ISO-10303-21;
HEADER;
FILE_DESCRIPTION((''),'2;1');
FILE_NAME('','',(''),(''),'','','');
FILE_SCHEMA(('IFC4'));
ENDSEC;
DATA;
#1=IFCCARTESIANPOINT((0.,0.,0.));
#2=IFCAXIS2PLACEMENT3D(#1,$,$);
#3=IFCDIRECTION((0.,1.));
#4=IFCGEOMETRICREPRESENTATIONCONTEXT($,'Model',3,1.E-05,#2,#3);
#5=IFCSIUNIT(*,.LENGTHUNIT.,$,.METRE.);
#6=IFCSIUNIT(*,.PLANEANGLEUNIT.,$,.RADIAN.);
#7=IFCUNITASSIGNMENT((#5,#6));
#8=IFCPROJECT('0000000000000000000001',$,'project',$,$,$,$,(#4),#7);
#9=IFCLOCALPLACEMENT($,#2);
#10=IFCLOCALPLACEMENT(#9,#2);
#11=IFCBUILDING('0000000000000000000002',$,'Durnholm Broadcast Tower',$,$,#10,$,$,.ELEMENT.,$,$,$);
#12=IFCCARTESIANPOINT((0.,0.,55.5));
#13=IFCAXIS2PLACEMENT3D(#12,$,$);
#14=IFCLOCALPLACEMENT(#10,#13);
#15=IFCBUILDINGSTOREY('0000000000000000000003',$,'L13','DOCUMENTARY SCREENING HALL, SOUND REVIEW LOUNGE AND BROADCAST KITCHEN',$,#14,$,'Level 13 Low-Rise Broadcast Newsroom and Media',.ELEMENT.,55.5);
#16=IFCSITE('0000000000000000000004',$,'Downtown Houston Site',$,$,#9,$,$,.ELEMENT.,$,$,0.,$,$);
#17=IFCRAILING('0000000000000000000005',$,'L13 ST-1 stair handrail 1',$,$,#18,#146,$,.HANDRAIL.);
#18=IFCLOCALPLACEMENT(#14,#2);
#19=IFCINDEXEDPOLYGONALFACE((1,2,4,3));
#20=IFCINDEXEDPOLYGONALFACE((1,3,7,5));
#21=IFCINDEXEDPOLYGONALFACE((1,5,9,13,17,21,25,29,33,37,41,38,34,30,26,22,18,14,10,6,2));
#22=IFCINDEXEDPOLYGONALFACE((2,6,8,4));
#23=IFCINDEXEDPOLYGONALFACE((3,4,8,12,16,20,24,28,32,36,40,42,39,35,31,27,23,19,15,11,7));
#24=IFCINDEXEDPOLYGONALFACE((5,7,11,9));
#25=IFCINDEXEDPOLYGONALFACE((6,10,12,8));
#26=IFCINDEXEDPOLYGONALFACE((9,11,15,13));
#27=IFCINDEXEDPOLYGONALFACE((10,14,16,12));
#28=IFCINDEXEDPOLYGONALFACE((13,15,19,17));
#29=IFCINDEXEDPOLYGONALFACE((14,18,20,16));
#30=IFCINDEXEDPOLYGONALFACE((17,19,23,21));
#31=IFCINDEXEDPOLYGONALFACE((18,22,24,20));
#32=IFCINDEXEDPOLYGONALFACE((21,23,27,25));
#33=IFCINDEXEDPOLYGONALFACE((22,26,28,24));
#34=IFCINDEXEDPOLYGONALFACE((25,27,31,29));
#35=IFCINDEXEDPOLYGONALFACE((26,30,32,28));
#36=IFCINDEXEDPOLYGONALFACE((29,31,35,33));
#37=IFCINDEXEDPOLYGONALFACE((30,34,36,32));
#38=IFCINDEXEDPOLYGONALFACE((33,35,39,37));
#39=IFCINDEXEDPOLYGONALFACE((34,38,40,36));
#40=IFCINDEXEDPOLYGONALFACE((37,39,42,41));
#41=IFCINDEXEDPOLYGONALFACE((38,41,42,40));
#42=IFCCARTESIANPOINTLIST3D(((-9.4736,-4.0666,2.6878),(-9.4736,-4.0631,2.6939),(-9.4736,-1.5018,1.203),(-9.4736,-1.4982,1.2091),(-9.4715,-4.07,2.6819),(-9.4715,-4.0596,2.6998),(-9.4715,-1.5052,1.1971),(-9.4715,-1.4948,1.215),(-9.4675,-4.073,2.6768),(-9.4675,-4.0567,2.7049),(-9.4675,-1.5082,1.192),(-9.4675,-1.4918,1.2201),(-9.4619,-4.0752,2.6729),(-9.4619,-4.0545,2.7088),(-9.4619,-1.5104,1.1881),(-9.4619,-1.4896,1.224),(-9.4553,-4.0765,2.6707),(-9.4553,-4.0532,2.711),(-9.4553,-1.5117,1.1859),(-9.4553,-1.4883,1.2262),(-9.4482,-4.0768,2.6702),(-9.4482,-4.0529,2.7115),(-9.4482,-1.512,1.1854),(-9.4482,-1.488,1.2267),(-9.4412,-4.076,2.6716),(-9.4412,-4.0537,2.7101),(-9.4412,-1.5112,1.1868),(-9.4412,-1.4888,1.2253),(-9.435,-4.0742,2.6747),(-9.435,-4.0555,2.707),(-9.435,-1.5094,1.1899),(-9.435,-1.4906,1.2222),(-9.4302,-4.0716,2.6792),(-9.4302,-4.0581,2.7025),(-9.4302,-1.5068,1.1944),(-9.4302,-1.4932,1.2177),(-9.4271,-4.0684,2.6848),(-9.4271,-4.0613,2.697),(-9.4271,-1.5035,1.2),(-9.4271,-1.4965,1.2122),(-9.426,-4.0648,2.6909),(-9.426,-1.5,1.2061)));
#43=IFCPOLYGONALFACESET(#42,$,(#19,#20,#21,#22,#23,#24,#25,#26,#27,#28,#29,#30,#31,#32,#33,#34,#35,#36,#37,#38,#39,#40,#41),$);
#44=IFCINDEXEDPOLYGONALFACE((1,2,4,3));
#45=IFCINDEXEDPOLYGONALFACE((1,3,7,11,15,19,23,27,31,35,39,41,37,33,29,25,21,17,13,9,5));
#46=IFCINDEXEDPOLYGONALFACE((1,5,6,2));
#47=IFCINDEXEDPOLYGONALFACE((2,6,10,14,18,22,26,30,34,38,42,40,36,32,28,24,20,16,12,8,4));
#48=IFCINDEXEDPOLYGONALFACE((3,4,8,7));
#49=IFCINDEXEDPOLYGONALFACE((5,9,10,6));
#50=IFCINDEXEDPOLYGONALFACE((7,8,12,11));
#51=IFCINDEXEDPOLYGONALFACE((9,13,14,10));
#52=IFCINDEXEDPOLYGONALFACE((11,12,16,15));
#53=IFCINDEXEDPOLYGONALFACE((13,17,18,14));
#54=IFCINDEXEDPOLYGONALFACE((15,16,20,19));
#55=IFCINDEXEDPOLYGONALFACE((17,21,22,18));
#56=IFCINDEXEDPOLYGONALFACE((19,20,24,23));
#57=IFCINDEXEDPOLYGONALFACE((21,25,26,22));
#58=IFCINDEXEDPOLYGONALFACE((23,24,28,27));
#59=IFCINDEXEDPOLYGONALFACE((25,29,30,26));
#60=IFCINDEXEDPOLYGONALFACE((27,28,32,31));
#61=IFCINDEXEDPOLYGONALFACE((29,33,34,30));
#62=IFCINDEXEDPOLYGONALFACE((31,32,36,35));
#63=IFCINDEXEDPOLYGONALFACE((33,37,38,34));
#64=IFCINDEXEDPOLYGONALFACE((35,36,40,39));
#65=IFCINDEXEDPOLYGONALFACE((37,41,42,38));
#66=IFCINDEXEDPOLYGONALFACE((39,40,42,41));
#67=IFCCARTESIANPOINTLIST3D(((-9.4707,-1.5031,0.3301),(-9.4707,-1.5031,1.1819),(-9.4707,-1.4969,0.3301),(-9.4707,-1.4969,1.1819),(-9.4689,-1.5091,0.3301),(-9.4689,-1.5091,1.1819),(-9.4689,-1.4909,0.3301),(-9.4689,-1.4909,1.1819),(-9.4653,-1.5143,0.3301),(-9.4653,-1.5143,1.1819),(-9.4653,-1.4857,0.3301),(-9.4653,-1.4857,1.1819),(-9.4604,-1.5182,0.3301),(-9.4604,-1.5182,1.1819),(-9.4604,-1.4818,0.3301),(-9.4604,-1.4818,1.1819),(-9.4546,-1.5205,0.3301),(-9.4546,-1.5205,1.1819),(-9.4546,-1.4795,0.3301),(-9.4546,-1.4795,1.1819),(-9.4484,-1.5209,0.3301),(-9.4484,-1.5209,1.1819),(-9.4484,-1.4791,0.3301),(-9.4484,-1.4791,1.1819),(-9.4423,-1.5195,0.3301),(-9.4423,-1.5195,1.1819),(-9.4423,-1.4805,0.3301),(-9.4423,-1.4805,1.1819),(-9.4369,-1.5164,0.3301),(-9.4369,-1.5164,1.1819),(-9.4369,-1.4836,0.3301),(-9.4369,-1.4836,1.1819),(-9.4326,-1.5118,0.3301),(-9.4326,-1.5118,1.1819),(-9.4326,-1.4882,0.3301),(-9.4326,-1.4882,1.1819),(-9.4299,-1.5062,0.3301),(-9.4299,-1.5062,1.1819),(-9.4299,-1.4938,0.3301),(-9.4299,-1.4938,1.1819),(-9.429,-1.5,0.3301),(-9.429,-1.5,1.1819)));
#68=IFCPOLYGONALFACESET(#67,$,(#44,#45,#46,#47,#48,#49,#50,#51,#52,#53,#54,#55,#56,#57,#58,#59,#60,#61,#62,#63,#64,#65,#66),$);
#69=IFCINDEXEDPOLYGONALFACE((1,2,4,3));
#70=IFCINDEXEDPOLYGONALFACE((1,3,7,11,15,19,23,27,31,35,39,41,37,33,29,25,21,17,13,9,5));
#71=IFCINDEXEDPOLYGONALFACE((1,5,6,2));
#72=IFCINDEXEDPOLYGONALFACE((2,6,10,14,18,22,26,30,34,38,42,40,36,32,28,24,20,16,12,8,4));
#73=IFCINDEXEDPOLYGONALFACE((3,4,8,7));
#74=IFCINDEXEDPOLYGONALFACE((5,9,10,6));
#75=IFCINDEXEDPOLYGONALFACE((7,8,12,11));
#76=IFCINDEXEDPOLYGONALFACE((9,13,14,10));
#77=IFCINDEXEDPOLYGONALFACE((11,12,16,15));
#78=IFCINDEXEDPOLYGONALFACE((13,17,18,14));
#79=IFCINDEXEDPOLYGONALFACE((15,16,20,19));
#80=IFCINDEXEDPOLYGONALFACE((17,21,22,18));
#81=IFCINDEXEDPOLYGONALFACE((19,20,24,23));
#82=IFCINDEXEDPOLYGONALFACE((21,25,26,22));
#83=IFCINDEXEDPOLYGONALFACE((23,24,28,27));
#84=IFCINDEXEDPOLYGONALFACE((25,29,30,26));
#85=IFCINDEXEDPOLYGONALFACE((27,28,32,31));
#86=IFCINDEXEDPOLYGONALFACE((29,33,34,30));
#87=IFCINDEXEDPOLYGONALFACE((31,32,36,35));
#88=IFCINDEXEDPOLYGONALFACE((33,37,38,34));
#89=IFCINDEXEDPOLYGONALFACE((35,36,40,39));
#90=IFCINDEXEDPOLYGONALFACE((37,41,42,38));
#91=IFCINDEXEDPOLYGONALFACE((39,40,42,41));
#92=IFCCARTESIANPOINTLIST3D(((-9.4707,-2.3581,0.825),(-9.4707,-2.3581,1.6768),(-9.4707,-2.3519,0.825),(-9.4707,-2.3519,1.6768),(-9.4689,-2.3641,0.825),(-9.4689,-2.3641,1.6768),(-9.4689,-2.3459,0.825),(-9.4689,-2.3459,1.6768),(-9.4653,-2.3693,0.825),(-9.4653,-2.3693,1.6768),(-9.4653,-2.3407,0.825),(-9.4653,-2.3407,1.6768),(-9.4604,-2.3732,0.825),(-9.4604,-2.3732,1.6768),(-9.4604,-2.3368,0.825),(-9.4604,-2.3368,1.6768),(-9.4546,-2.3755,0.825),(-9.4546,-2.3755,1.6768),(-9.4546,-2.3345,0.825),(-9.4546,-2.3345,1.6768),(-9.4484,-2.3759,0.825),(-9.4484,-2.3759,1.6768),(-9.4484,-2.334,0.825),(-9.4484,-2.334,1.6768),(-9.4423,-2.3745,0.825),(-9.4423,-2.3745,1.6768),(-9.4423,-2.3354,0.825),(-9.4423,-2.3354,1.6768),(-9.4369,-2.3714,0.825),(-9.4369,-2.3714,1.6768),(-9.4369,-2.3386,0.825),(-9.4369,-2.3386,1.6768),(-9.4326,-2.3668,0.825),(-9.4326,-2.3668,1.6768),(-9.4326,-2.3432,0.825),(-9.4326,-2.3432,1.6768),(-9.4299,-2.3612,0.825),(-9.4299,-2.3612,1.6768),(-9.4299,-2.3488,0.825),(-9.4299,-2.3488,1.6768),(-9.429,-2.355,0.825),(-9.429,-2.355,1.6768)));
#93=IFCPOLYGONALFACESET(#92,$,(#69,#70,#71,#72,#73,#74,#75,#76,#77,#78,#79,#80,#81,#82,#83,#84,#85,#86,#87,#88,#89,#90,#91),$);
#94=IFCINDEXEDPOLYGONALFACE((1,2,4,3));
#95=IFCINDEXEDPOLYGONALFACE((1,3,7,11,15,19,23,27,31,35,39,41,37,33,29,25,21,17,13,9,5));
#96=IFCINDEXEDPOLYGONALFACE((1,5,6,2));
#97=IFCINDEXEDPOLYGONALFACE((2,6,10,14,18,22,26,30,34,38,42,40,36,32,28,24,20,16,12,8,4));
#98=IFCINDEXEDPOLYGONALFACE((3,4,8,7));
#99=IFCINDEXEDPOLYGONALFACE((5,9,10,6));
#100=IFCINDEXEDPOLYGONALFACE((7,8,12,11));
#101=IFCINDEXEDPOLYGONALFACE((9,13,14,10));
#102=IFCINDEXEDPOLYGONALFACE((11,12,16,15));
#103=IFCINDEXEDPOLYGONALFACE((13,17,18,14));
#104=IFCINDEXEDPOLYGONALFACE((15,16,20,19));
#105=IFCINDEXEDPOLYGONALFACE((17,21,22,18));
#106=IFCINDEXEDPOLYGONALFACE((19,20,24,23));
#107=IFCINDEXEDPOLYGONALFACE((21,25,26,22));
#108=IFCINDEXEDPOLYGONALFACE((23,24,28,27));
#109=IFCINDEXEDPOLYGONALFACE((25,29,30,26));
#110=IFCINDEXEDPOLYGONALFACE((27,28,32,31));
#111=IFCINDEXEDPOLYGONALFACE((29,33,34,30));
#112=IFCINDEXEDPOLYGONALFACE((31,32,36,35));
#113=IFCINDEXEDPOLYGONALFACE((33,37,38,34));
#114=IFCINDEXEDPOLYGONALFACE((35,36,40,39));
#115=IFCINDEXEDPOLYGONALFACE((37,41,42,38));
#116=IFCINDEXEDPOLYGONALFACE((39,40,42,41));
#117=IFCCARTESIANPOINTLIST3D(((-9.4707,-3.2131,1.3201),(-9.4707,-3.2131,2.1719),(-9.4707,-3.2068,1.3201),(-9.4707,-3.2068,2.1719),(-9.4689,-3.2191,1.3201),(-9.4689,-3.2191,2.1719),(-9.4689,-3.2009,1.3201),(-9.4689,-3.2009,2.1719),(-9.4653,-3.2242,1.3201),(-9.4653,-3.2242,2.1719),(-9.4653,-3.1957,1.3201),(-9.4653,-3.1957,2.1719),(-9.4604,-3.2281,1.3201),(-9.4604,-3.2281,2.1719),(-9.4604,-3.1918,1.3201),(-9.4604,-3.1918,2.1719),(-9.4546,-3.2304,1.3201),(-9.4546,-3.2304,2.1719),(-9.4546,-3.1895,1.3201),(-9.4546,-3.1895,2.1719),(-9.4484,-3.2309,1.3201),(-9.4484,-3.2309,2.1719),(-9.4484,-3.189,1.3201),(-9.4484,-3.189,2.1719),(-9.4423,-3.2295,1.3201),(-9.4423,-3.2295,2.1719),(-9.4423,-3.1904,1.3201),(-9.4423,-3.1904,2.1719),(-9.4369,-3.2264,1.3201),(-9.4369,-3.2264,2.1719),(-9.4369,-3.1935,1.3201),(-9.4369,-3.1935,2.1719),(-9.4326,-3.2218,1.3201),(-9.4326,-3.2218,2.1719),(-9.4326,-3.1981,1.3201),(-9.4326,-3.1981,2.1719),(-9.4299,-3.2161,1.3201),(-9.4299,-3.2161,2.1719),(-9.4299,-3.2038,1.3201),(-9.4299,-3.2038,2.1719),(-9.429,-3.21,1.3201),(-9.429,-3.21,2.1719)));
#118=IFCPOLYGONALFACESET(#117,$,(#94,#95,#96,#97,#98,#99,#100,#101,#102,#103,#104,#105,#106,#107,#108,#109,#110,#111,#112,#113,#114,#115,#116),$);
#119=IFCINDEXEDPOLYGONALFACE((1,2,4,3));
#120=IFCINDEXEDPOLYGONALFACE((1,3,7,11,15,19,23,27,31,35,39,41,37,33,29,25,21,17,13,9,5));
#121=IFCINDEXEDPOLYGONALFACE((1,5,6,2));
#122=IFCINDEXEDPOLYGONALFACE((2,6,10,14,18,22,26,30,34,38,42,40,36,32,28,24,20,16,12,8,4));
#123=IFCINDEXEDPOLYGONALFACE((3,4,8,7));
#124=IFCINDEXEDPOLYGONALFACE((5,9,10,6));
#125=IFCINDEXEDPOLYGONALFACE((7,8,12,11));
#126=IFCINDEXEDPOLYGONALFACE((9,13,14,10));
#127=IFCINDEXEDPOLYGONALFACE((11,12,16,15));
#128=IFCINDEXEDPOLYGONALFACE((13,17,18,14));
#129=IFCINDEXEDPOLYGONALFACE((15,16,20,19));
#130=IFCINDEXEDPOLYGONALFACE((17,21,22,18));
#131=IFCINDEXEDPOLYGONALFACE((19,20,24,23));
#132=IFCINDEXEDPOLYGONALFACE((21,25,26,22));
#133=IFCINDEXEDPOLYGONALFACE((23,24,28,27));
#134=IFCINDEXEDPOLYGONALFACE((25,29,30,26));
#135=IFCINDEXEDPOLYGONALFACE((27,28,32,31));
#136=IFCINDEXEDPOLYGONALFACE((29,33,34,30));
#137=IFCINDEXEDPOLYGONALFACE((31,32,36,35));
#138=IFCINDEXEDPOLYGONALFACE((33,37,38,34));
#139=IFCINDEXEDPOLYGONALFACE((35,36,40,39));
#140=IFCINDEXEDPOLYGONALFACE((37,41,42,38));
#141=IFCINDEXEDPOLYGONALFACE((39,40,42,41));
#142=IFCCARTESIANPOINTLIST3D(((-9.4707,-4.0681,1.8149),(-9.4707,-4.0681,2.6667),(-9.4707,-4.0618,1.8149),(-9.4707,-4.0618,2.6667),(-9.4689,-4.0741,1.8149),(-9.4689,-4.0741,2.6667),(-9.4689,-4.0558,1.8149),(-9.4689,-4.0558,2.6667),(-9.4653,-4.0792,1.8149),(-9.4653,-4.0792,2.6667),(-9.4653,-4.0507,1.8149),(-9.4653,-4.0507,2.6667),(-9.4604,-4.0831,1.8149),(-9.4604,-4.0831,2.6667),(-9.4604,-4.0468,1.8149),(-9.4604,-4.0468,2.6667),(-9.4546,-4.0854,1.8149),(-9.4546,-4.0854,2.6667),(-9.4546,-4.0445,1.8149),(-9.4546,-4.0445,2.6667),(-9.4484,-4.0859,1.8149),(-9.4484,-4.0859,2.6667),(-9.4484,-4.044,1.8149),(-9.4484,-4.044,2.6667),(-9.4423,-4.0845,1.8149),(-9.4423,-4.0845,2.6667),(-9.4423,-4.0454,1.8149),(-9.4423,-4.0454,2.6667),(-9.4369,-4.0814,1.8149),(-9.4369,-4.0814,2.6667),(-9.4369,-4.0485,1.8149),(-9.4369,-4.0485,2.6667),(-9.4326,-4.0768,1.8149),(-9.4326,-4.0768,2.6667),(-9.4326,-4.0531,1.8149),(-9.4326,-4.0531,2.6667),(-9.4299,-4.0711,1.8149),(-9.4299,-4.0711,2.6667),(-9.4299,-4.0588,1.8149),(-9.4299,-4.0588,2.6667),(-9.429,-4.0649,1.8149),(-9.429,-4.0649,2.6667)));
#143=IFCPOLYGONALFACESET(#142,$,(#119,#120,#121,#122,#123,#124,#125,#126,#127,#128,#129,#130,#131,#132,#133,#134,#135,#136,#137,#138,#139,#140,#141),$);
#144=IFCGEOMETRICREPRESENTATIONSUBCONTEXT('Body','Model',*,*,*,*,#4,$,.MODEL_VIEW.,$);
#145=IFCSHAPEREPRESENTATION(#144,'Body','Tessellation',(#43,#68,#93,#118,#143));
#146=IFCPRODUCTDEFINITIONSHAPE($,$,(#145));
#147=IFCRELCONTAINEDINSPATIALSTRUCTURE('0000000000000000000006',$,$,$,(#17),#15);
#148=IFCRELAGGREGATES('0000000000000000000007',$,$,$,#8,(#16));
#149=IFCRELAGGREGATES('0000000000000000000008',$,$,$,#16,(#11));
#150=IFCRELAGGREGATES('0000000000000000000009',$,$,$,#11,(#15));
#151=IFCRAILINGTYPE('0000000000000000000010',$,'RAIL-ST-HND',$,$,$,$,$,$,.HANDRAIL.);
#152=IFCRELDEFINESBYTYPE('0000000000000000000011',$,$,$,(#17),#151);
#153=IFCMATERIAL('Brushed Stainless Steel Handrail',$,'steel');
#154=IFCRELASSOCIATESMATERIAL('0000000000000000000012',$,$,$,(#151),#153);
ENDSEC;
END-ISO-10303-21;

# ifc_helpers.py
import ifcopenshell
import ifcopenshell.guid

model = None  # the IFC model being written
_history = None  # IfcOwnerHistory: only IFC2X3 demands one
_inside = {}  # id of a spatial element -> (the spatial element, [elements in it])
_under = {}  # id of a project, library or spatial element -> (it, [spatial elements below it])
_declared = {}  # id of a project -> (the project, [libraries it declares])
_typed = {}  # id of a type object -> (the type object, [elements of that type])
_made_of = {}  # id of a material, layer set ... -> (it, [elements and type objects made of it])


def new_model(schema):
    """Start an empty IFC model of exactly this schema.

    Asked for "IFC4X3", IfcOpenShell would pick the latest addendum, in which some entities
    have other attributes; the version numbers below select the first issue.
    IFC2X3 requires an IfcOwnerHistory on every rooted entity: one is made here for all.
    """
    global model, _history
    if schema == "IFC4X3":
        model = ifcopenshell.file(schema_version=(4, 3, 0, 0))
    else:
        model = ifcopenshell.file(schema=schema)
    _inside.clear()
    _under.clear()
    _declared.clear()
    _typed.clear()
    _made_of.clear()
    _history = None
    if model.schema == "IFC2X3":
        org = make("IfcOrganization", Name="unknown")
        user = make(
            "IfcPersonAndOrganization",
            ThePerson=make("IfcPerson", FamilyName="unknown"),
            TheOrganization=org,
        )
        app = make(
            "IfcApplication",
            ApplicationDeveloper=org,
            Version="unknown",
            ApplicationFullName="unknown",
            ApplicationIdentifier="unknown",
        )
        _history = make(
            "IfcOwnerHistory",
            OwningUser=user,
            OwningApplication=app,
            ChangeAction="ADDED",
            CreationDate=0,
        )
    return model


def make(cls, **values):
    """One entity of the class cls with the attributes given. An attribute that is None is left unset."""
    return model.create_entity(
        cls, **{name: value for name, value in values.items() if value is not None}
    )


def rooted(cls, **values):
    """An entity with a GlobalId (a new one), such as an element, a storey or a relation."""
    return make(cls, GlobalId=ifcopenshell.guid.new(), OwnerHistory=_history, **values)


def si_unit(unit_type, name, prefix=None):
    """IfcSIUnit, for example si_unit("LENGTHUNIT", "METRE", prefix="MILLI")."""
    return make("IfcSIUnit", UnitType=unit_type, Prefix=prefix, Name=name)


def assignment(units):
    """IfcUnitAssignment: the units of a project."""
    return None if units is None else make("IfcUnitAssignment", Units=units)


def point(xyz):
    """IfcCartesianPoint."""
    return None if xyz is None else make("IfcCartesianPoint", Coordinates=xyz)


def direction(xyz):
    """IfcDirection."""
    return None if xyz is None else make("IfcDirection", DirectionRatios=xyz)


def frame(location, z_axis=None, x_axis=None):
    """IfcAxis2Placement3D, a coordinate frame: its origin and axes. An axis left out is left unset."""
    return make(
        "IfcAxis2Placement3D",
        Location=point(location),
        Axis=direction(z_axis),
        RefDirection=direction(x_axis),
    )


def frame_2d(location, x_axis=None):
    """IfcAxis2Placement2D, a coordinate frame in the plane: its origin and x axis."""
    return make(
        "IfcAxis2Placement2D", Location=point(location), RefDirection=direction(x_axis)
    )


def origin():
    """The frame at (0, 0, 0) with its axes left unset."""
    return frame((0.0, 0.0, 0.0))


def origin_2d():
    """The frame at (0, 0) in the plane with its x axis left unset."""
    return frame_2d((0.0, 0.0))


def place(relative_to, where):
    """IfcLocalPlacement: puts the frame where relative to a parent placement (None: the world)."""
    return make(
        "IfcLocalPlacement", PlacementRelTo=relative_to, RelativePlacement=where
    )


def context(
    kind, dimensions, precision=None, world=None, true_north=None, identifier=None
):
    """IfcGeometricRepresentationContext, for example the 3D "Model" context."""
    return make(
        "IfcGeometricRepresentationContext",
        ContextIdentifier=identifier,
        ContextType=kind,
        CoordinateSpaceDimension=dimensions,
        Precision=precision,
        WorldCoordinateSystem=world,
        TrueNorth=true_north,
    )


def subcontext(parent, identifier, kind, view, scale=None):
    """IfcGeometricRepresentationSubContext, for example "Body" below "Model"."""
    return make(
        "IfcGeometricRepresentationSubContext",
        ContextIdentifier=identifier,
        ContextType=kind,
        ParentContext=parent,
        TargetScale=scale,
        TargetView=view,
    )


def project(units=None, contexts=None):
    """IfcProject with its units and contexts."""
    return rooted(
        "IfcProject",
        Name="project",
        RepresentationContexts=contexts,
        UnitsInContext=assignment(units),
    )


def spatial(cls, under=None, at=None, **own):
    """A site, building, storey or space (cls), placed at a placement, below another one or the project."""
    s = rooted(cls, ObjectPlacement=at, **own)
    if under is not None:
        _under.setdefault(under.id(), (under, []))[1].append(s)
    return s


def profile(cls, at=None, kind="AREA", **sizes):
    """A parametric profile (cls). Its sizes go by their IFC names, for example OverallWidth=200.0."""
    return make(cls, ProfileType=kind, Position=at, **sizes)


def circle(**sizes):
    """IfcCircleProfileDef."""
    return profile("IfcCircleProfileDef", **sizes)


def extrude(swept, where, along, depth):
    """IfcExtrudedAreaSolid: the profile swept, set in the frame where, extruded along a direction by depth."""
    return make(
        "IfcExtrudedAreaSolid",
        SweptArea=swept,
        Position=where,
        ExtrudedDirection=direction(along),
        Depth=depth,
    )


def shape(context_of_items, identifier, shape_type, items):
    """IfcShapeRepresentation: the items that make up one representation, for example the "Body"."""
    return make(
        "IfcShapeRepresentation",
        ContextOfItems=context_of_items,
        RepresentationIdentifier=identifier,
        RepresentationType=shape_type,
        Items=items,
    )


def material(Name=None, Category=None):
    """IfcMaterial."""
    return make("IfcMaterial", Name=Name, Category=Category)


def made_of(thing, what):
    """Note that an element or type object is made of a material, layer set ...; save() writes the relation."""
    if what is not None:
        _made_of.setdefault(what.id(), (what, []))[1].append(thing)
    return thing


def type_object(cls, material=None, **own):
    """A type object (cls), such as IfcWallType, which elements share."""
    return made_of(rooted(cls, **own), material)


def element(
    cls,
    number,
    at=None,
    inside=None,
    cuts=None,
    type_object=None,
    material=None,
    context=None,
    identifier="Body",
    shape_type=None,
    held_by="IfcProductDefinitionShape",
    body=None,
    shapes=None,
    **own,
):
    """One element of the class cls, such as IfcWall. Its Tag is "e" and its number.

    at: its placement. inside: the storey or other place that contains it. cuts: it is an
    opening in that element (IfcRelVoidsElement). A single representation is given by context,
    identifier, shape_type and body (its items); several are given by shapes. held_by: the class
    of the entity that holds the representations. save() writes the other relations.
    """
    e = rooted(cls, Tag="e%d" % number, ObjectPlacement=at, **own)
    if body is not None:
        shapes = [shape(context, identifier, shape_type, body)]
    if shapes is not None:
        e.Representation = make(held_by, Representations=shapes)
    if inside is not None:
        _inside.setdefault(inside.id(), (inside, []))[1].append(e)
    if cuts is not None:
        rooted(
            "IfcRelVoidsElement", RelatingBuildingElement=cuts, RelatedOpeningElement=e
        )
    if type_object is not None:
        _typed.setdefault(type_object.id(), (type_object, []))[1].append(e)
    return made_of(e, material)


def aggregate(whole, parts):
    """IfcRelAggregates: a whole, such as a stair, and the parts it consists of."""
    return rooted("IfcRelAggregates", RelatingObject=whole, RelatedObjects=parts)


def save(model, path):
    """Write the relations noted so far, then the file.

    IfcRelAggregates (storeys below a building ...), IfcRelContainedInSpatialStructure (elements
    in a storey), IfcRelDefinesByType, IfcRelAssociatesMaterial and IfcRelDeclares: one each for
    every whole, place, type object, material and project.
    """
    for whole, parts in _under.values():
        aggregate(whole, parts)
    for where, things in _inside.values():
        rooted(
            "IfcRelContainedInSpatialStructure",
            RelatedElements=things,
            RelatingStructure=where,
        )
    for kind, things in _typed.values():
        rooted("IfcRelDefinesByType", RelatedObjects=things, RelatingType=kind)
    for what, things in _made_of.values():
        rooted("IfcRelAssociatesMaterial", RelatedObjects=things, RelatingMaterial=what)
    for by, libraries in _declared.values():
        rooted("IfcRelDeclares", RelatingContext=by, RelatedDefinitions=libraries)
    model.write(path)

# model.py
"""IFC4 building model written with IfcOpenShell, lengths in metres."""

from ifc_helpers import new_model, si_unit, direction, frame, origin, origin_2d, place, context, subcontext, project, spatial, circle, extrude, material, type_object, element, save


model = new_model("IFC4")

# Units and contexts
model_context = context("Model", 3, precision=1e-05, world=origin(), true_north=direction((0.0, 1.0)))
body_context = subcontext(model_context, "Body", "Model", "MODEL_VIEW")
ifc_project = project(units=[si_unit("LENGTHUNIT", "METRE"), si_unit("PLANEANGLEUNIT", "RADIAN")], contexts=[model_context])

# Site, building, storey
site_placement = place(None, origin())
site = spatial("IfcSite", under=ifc_project, at=site_placement, Name="Downtown Houston Site", CompositionType="ELEMENT", RefElevation=0.0)
building_placement = place(site_placement, origin())
building = spatial("IfcBuilding", under=site, at=building_placement, Name="Durnholm Broadcast Tower", CompositionType="ELEMENT")
storey_placement = place(building_placement, frame((0.0, 0.0, 55.5)))
storey = spatial("IfcBuildingStorey", under=building, at=storey_placement, Name="L13", Description="DOCUMENTARY SCREENING HALL, SOUND REVIEW LOUNGE AND BROADCAST KITCHEN", LongName="Level 13 Low-Rise Broadcast Newsroom and Media", CompositionType="ELEMENT", Elevation=55.5)

# Railing
ifc_material_1 = material(Name="Brushed Stainless Steel Handrail", Category="steel")
railing_type_1 = type_object("IfcRailingType", Name="RAIL-ST-HND", PredefinedType="HANDRAIL", material=ifc_material_1)
railing_1_placement = place(storey_placement, frame((-9.45, -1.5, 0.3301)))
element("IfcRailing", 1, at=railing_1_placement, inside=storey, type_object=railing_type_1, Name="L13 ST-1 stair handrail 1", PredefinedType="HANDRAIL", context=body_context, shape_type="SweptSolid", body=[
    extrude(circle(Radius=0.0239, at=origin_2d()), frame((0.0, 0.0, 0.876), z_axis=(0.0, -0.865441, 0.50101), x_axis=(1.0, 0.0, 0.0)), (0.0, 0.0, 1.0), 2.9636),
    extrude(circle(Radius=0.021, at=origin_2d()), origin(), (0.0, 0.0, 1.0), 0.8518),
    extrude(circle(Radius=0.021, at=origin_2d()), frame((0.0, -0.855, 0.4949)), (0.0, 0.0, 1.0), 0.8518),
    extrude(circle(Radius=0.021, at=origin_2d()), frame((0.0, -1.71, 0.99)), (0.0, 0.0, 1.0), 0.8518),
    extrude(circle(Radius=0.021, at=origin_2d()), frame((0.0, -2.5649, 1.4849)), (0.0, 0.0, 1.0), 0.8518),
])

save(model, "model.ifc")
